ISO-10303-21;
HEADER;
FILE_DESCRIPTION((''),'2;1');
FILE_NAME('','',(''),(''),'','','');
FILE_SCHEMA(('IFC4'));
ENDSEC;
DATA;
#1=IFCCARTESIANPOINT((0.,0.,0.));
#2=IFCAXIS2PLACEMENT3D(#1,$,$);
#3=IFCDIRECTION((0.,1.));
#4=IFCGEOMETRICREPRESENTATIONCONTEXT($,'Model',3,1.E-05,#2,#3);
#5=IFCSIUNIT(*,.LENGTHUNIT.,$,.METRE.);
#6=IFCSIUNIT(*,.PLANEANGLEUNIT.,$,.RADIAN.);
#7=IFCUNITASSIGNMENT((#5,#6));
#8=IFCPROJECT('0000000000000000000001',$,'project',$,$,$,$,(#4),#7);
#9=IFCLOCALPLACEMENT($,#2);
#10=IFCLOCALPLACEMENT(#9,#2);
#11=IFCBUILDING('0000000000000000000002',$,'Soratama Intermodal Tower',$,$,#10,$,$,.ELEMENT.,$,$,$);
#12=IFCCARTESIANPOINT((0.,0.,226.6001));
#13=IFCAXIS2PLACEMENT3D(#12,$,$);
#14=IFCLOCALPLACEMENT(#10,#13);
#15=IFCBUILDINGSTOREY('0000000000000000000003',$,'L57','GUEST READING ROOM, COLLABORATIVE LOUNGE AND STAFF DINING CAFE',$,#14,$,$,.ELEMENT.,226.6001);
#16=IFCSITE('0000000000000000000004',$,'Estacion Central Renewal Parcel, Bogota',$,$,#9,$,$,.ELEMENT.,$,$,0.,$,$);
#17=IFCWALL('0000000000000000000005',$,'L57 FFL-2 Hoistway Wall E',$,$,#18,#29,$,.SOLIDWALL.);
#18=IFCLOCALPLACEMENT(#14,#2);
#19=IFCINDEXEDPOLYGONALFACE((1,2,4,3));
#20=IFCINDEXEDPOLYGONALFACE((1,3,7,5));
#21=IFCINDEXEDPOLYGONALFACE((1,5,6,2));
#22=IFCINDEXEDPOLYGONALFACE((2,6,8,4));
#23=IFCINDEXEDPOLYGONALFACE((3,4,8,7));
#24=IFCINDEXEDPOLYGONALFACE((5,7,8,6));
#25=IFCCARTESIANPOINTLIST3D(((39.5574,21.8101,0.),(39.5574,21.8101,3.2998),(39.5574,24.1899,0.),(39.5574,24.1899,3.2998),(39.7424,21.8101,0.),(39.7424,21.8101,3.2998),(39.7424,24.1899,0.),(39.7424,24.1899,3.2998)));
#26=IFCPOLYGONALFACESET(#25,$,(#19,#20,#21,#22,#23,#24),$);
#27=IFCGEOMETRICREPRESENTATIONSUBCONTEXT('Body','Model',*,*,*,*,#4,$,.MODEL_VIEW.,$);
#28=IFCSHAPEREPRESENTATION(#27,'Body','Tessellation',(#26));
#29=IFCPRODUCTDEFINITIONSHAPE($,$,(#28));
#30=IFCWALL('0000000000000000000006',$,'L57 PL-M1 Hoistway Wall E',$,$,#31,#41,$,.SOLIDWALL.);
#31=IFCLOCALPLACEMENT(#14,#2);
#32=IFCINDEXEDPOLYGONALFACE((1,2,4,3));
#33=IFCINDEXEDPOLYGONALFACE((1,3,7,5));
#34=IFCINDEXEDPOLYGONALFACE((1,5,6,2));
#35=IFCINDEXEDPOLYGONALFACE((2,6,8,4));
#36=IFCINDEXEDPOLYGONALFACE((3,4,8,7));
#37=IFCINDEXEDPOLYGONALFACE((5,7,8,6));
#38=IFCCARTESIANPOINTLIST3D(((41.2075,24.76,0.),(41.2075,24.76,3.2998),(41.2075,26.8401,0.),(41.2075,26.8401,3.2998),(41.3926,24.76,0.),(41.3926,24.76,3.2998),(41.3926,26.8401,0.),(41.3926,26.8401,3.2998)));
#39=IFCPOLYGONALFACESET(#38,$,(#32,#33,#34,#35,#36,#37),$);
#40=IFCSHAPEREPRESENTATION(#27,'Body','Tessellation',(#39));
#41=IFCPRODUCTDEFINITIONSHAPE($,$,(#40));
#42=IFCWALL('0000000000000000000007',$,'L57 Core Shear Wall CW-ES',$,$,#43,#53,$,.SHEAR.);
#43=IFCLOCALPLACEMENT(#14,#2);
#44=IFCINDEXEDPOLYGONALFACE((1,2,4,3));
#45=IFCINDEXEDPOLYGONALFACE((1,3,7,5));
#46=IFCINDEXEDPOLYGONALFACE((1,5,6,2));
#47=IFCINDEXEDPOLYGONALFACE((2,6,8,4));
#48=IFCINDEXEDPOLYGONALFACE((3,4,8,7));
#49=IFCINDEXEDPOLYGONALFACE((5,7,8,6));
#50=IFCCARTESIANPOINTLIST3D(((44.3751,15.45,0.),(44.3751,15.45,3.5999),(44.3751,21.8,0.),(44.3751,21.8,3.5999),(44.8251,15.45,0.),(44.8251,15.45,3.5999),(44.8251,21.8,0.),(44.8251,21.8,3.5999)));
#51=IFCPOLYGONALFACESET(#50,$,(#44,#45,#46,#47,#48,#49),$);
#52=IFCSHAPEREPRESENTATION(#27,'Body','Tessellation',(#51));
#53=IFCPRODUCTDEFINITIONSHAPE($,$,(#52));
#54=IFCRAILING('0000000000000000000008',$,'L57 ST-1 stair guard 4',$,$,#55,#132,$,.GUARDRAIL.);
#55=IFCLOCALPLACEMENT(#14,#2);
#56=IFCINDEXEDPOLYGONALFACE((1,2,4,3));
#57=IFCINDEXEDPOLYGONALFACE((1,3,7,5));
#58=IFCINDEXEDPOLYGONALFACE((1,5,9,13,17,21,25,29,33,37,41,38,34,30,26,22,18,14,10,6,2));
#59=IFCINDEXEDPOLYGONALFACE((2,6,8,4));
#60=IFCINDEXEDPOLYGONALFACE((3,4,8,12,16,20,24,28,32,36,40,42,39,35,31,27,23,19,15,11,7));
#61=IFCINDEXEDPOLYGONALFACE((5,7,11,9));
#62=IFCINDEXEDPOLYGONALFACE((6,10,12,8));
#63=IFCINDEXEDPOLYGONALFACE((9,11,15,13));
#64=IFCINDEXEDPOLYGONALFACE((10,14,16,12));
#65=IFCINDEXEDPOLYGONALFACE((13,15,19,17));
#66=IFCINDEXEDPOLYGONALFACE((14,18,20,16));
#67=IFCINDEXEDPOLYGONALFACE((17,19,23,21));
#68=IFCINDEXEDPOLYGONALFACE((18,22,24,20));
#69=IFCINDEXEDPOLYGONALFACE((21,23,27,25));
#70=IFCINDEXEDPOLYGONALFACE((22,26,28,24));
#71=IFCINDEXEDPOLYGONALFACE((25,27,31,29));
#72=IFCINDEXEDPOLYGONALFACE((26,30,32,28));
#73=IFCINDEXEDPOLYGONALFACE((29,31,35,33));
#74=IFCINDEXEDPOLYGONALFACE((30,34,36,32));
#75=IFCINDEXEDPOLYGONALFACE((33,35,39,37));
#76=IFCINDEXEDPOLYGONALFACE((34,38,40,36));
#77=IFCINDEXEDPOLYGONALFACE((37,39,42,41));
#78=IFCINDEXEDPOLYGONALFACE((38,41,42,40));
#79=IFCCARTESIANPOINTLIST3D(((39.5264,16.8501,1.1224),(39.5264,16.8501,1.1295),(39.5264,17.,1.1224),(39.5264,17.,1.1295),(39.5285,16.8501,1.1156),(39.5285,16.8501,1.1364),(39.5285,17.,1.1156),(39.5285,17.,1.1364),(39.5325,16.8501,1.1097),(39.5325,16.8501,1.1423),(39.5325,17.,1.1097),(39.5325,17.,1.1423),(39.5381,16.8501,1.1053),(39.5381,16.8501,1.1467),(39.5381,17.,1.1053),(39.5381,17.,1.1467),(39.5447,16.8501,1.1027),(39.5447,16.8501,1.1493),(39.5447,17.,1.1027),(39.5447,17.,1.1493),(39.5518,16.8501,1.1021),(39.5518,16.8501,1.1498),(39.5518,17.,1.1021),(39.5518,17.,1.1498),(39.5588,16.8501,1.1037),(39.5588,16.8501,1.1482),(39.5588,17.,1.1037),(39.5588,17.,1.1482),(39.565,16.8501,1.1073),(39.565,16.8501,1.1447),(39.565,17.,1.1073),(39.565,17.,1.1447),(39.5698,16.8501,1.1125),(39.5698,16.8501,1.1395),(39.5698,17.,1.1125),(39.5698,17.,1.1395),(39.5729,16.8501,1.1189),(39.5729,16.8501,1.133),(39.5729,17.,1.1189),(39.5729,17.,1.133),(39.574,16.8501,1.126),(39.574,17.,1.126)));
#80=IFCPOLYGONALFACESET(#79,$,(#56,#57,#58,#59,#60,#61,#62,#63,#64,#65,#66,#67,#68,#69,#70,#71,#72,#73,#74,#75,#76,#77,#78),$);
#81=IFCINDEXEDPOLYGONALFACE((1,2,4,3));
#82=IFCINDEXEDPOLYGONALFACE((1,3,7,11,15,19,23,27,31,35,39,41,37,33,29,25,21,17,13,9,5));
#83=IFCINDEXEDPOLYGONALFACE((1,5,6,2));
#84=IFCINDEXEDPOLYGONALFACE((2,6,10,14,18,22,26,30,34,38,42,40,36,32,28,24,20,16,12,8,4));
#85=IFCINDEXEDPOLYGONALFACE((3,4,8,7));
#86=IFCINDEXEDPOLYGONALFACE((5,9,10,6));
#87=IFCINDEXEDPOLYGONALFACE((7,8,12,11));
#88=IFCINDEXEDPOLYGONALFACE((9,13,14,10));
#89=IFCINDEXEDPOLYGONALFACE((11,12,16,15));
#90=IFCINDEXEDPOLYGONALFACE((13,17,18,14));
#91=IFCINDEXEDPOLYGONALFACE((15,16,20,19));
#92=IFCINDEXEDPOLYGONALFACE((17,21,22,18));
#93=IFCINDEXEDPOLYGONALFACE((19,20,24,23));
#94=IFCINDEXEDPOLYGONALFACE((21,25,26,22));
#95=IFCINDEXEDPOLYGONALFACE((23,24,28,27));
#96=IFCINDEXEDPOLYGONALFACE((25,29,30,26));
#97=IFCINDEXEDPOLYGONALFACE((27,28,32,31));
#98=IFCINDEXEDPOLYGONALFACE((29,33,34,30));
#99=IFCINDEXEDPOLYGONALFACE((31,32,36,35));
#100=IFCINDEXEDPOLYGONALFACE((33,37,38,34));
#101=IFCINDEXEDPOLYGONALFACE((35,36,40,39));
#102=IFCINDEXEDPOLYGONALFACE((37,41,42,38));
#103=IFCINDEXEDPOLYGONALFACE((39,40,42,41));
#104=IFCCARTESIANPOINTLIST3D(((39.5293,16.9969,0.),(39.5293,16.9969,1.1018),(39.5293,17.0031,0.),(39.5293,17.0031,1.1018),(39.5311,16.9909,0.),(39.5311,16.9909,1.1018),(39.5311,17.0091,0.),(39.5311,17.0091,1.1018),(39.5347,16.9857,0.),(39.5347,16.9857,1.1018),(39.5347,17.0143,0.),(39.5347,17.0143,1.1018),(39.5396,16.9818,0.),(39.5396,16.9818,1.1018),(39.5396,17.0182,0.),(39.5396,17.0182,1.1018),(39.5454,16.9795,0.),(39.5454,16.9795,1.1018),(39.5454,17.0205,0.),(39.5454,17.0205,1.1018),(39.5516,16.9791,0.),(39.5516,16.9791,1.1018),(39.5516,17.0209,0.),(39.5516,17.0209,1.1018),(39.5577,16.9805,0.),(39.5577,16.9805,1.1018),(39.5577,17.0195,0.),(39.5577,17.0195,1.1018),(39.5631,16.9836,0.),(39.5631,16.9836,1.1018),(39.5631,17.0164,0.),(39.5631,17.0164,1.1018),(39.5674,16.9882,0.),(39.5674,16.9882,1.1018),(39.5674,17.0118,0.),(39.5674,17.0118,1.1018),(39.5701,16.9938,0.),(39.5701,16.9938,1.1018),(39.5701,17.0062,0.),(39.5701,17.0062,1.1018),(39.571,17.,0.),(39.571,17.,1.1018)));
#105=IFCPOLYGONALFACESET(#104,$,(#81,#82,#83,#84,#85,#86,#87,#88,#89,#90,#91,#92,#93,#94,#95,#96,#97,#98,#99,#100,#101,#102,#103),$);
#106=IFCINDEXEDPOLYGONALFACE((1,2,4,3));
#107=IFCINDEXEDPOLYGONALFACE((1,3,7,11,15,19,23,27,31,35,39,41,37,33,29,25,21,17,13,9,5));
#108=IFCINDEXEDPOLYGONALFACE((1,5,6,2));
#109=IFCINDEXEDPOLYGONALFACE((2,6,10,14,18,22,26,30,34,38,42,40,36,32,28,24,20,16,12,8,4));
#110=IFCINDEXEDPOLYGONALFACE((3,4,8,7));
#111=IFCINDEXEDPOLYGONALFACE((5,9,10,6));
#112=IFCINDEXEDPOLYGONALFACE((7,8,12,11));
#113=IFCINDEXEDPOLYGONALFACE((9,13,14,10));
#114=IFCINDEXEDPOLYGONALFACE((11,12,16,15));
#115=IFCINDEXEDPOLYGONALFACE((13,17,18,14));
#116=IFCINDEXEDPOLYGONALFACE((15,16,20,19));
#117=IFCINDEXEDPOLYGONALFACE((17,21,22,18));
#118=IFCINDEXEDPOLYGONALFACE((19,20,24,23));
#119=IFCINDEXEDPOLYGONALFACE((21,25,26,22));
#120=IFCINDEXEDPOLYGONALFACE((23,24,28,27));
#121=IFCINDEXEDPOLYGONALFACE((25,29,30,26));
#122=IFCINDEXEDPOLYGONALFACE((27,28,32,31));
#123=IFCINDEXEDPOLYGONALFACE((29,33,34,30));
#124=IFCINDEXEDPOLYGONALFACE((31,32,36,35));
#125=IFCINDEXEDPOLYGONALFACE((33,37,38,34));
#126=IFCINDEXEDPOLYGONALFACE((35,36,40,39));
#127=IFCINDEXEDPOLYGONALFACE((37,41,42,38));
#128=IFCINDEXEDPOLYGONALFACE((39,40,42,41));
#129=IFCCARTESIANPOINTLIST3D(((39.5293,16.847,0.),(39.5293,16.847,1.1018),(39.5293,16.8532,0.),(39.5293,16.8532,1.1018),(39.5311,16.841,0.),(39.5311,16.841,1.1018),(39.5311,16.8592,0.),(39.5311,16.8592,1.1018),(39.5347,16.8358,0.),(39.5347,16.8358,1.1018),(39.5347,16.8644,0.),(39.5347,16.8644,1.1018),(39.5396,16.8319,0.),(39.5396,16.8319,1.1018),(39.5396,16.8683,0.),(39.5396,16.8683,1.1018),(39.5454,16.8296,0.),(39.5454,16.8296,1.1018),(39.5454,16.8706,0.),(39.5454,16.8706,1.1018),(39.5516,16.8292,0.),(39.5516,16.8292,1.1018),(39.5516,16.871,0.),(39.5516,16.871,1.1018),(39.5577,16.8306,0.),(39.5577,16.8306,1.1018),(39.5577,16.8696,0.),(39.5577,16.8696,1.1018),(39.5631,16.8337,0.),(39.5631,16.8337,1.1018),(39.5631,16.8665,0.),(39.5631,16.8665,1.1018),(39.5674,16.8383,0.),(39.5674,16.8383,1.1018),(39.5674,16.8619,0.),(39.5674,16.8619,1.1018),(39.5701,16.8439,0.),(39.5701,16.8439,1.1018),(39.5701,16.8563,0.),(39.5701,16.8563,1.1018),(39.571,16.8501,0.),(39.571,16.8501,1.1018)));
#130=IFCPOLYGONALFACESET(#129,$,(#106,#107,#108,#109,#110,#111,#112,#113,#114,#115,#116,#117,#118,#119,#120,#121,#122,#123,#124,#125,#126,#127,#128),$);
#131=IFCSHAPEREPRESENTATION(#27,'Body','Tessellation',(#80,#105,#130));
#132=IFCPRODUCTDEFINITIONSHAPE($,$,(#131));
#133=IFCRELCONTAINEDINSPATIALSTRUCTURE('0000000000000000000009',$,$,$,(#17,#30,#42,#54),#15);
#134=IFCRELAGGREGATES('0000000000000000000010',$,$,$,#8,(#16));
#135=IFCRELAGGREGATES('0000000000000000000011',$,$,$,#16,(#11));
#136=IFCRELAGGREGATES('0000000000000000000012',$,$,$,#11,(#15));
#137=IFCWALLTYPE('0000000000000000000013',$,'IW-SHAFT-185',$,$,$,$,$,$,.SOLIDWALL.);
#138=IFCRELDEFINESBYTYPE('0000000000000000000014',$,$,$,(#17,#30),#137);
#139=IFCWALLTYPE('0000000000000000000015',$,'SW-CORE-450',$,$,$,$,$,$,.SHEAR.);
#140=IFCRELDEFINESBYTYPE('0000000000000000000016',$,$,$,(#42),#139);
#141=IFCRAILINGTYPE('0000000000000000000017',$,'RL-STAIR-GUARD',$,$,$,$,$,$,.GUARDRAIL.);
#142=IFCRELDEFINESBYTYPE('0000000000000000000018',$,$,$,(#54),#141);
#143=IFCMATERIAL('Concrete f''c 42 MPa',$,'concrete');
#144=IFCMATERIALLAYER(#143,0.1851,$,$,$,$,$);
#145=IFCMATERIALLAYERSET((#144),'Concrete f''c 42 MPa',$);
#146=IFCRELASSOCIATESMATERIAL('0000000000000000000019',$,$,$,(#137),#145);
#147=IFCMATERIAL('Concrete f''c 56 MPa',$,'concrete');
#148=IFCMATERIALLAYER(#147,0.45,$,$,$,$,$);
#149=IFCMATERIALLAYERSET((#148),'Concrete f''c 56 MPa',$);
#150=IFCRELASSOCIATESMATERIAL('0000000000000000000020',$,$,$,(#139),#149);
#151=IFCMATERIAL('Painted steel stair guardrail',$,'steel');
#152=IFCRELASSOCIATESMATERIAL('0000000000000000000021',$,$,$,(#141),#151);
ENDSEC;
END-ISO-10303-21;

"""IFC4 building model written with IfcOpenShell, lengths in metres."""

from ifc_helpers import new_model, si_unit, direction, frame, frame_2d, origin, origin_2d, place, context, subcontext, project, spatial, rectangle, circle, extrude, material, layer, layer_set, type_object, element, save


model = new_model("IFC4")

# Units and contexts
model_context = context("Model", 3, precision=1e-05, world=origin(), true_north=direction((0.0, 1.0)))
body_context = subcontext(model_context, "Body", "Model", "MODEL_VIEW")
ifc_project = project(units=[si_unit("LENGTHUNIT", "METRE"), si_unit("PLANEANGLEUNIT", "RADIAN")], contexts=[model_context])

# Site, building, storey
site_placement = place(None, origin())
site = spatial("IfcSite", under=ifc_project, at=site_placement, Name="Estacion Central Renewal Parcel, Bogota", CompositionType="ELEMENT", RefElevation=0.0)
building_placement = place(site_placement, origin())
building = spatial("IfcBuilding", under=site, at=building_placement, Name="Soratama Intermodal Tower", CompositionType="ELEMENT")
storey_placement = place(building_placement, frame((0.0, 0.0, 226.6001)))
storey = spatial("IfcBuildingStorey", under=building, at=storey_placement, Name="L57", Description="GUEST READING ROOM, COLLABORATIVE LOUNGE AND STAFF DINING CAFE", CompositionType="ELEMENT", Elevation=226.6001)

# Walls
ifc_material_1 = material(Name="Concrete f'c 42 MPa", Category="concrete")
ifc_layer_1 = layer(ifc_material_1, 0.1851)
ifc_layer_set_1 = layer_set([ifc_layer_1], Name="Concrete f'c 42 MPa")
wall_type_1 = type_object("IfcWallType", Name="IW-SHAFT-185", PredefinedType="SOLIDWALL", material=ifc_layer_set_1)
wall_1_placement = place(storey_placement, frame((39.6499, 21.8101, 0.0), z_axis=(0.0, 0.0, 1.0), x_axis=(0.0, 1.0, 0.0)))
element("IfcWall", 1, at=wall_1_placement, inside=storey, type_object=wall_type_1, Name="L57 FFL-2 Hoistway Wall E", PredefinedType="SOLIDWALL", context=body_context, shape_type="SweptSolid", body=[
    extrude(rectangle(XDim=2.3799, YDim=0.1851, at=frame_2d((1.1899, 0.0))), origin(), (0.0, 0.0, 1.0), 3.2998),
])
wall_2_placement = place(storey_placement, frame((41.3, 24.76, 0.0), z_axis=(0.0, 0.0, 1.0), x_axis=(0.0, 1.0, 0.0)))
element("IfcWall", 2, at=wall_2_placement, inside=storey, type_object=wall_type_1, Name="L57 PL-M1 Hoistway Wall E", PredefinedType="SOLIDWALL", context=body_context, shape_type="SweptSolid", body=[
    extrude(rectangle(XDim=2.0801, YDim=0.1851, at=frame_2d((1.04, 0.0))), origin(), (0.0, 0.0, 1.0), 3.2998),
])
ifc_material_2 = material(Name="Concrete f'c 56 MPa", Category="concrete")
ifc_layer_2 = layer(ifc_material_2, 0.45)
ifc_layer_set_2 = layer_set([ifc_layer_2], Name="Concrete f'c 56 MPa")
wall_type_2 = type_object("IfcWallType", Name="SW-CORE-450", PredefinedType="SHEAR", material=ifc_layer_set_2)
wall_3_placement = place(storey_placement, frame((44.6001, 15.45, 0.0), z_axis=(0.0, 0.0, 1.0), x_axis=(0.0, 1.0, 0.0)))
element("IfcWall", 3, at=wall_3_placement, inside=storey, type_object=wall_type_2, Name="L57 Core Shear Wall CW-ES", PredefinedType="SHEAR", context=body_context, shape_type="SweptSolid", body=[
    extrude(rectangle(XDim=6.3501, YDim=0.45, at=frame_2d((3.175, 0.0))), origin(), (0.0, 0.0, 1.0), 3.5999),
])

# Railing
ifc_material_3 = material(Name="Painted steel stair guardrail", Category="steel")
railing_type = type_object("IfcRailingType", Name="RL-STAIR-GUARD", PredefinedType="GUARDRAIL", material=ifc_material_3)
railing_placement = place(storey_placement, frame((39.55, 17.0, 0.0)))
element("IfcRailing", 4, at=railing_placement, inside=storey, type_object=railing_type, Name="L57 ST-1 stair guard 4", PredefinedType="GUARDRAIL", context=body_context, shape_type="SweptSolid", body=[
    extrude(circle(Radius=0.0239, at=origin_2d()), frame((0.0, 0.0, 1.126), z_axis=(0.0, -1.0, 0.0), x_axis=(1.0, 0.0, 0.0)), (0.0, 0.0, 1.0), 0.1499),
    extrude(circle(Radius=0.021, at=origin_2d()), origin(), (0.0, 0.0, 1.0), 1.1018),
    extrude(circle(Radius=0.021, at=origin_2d()), frame((0.0, -0.1499, 0.0)), (0.0, 0.0, 1.0), 1.1018),
])

save(model, "model.ifc")
